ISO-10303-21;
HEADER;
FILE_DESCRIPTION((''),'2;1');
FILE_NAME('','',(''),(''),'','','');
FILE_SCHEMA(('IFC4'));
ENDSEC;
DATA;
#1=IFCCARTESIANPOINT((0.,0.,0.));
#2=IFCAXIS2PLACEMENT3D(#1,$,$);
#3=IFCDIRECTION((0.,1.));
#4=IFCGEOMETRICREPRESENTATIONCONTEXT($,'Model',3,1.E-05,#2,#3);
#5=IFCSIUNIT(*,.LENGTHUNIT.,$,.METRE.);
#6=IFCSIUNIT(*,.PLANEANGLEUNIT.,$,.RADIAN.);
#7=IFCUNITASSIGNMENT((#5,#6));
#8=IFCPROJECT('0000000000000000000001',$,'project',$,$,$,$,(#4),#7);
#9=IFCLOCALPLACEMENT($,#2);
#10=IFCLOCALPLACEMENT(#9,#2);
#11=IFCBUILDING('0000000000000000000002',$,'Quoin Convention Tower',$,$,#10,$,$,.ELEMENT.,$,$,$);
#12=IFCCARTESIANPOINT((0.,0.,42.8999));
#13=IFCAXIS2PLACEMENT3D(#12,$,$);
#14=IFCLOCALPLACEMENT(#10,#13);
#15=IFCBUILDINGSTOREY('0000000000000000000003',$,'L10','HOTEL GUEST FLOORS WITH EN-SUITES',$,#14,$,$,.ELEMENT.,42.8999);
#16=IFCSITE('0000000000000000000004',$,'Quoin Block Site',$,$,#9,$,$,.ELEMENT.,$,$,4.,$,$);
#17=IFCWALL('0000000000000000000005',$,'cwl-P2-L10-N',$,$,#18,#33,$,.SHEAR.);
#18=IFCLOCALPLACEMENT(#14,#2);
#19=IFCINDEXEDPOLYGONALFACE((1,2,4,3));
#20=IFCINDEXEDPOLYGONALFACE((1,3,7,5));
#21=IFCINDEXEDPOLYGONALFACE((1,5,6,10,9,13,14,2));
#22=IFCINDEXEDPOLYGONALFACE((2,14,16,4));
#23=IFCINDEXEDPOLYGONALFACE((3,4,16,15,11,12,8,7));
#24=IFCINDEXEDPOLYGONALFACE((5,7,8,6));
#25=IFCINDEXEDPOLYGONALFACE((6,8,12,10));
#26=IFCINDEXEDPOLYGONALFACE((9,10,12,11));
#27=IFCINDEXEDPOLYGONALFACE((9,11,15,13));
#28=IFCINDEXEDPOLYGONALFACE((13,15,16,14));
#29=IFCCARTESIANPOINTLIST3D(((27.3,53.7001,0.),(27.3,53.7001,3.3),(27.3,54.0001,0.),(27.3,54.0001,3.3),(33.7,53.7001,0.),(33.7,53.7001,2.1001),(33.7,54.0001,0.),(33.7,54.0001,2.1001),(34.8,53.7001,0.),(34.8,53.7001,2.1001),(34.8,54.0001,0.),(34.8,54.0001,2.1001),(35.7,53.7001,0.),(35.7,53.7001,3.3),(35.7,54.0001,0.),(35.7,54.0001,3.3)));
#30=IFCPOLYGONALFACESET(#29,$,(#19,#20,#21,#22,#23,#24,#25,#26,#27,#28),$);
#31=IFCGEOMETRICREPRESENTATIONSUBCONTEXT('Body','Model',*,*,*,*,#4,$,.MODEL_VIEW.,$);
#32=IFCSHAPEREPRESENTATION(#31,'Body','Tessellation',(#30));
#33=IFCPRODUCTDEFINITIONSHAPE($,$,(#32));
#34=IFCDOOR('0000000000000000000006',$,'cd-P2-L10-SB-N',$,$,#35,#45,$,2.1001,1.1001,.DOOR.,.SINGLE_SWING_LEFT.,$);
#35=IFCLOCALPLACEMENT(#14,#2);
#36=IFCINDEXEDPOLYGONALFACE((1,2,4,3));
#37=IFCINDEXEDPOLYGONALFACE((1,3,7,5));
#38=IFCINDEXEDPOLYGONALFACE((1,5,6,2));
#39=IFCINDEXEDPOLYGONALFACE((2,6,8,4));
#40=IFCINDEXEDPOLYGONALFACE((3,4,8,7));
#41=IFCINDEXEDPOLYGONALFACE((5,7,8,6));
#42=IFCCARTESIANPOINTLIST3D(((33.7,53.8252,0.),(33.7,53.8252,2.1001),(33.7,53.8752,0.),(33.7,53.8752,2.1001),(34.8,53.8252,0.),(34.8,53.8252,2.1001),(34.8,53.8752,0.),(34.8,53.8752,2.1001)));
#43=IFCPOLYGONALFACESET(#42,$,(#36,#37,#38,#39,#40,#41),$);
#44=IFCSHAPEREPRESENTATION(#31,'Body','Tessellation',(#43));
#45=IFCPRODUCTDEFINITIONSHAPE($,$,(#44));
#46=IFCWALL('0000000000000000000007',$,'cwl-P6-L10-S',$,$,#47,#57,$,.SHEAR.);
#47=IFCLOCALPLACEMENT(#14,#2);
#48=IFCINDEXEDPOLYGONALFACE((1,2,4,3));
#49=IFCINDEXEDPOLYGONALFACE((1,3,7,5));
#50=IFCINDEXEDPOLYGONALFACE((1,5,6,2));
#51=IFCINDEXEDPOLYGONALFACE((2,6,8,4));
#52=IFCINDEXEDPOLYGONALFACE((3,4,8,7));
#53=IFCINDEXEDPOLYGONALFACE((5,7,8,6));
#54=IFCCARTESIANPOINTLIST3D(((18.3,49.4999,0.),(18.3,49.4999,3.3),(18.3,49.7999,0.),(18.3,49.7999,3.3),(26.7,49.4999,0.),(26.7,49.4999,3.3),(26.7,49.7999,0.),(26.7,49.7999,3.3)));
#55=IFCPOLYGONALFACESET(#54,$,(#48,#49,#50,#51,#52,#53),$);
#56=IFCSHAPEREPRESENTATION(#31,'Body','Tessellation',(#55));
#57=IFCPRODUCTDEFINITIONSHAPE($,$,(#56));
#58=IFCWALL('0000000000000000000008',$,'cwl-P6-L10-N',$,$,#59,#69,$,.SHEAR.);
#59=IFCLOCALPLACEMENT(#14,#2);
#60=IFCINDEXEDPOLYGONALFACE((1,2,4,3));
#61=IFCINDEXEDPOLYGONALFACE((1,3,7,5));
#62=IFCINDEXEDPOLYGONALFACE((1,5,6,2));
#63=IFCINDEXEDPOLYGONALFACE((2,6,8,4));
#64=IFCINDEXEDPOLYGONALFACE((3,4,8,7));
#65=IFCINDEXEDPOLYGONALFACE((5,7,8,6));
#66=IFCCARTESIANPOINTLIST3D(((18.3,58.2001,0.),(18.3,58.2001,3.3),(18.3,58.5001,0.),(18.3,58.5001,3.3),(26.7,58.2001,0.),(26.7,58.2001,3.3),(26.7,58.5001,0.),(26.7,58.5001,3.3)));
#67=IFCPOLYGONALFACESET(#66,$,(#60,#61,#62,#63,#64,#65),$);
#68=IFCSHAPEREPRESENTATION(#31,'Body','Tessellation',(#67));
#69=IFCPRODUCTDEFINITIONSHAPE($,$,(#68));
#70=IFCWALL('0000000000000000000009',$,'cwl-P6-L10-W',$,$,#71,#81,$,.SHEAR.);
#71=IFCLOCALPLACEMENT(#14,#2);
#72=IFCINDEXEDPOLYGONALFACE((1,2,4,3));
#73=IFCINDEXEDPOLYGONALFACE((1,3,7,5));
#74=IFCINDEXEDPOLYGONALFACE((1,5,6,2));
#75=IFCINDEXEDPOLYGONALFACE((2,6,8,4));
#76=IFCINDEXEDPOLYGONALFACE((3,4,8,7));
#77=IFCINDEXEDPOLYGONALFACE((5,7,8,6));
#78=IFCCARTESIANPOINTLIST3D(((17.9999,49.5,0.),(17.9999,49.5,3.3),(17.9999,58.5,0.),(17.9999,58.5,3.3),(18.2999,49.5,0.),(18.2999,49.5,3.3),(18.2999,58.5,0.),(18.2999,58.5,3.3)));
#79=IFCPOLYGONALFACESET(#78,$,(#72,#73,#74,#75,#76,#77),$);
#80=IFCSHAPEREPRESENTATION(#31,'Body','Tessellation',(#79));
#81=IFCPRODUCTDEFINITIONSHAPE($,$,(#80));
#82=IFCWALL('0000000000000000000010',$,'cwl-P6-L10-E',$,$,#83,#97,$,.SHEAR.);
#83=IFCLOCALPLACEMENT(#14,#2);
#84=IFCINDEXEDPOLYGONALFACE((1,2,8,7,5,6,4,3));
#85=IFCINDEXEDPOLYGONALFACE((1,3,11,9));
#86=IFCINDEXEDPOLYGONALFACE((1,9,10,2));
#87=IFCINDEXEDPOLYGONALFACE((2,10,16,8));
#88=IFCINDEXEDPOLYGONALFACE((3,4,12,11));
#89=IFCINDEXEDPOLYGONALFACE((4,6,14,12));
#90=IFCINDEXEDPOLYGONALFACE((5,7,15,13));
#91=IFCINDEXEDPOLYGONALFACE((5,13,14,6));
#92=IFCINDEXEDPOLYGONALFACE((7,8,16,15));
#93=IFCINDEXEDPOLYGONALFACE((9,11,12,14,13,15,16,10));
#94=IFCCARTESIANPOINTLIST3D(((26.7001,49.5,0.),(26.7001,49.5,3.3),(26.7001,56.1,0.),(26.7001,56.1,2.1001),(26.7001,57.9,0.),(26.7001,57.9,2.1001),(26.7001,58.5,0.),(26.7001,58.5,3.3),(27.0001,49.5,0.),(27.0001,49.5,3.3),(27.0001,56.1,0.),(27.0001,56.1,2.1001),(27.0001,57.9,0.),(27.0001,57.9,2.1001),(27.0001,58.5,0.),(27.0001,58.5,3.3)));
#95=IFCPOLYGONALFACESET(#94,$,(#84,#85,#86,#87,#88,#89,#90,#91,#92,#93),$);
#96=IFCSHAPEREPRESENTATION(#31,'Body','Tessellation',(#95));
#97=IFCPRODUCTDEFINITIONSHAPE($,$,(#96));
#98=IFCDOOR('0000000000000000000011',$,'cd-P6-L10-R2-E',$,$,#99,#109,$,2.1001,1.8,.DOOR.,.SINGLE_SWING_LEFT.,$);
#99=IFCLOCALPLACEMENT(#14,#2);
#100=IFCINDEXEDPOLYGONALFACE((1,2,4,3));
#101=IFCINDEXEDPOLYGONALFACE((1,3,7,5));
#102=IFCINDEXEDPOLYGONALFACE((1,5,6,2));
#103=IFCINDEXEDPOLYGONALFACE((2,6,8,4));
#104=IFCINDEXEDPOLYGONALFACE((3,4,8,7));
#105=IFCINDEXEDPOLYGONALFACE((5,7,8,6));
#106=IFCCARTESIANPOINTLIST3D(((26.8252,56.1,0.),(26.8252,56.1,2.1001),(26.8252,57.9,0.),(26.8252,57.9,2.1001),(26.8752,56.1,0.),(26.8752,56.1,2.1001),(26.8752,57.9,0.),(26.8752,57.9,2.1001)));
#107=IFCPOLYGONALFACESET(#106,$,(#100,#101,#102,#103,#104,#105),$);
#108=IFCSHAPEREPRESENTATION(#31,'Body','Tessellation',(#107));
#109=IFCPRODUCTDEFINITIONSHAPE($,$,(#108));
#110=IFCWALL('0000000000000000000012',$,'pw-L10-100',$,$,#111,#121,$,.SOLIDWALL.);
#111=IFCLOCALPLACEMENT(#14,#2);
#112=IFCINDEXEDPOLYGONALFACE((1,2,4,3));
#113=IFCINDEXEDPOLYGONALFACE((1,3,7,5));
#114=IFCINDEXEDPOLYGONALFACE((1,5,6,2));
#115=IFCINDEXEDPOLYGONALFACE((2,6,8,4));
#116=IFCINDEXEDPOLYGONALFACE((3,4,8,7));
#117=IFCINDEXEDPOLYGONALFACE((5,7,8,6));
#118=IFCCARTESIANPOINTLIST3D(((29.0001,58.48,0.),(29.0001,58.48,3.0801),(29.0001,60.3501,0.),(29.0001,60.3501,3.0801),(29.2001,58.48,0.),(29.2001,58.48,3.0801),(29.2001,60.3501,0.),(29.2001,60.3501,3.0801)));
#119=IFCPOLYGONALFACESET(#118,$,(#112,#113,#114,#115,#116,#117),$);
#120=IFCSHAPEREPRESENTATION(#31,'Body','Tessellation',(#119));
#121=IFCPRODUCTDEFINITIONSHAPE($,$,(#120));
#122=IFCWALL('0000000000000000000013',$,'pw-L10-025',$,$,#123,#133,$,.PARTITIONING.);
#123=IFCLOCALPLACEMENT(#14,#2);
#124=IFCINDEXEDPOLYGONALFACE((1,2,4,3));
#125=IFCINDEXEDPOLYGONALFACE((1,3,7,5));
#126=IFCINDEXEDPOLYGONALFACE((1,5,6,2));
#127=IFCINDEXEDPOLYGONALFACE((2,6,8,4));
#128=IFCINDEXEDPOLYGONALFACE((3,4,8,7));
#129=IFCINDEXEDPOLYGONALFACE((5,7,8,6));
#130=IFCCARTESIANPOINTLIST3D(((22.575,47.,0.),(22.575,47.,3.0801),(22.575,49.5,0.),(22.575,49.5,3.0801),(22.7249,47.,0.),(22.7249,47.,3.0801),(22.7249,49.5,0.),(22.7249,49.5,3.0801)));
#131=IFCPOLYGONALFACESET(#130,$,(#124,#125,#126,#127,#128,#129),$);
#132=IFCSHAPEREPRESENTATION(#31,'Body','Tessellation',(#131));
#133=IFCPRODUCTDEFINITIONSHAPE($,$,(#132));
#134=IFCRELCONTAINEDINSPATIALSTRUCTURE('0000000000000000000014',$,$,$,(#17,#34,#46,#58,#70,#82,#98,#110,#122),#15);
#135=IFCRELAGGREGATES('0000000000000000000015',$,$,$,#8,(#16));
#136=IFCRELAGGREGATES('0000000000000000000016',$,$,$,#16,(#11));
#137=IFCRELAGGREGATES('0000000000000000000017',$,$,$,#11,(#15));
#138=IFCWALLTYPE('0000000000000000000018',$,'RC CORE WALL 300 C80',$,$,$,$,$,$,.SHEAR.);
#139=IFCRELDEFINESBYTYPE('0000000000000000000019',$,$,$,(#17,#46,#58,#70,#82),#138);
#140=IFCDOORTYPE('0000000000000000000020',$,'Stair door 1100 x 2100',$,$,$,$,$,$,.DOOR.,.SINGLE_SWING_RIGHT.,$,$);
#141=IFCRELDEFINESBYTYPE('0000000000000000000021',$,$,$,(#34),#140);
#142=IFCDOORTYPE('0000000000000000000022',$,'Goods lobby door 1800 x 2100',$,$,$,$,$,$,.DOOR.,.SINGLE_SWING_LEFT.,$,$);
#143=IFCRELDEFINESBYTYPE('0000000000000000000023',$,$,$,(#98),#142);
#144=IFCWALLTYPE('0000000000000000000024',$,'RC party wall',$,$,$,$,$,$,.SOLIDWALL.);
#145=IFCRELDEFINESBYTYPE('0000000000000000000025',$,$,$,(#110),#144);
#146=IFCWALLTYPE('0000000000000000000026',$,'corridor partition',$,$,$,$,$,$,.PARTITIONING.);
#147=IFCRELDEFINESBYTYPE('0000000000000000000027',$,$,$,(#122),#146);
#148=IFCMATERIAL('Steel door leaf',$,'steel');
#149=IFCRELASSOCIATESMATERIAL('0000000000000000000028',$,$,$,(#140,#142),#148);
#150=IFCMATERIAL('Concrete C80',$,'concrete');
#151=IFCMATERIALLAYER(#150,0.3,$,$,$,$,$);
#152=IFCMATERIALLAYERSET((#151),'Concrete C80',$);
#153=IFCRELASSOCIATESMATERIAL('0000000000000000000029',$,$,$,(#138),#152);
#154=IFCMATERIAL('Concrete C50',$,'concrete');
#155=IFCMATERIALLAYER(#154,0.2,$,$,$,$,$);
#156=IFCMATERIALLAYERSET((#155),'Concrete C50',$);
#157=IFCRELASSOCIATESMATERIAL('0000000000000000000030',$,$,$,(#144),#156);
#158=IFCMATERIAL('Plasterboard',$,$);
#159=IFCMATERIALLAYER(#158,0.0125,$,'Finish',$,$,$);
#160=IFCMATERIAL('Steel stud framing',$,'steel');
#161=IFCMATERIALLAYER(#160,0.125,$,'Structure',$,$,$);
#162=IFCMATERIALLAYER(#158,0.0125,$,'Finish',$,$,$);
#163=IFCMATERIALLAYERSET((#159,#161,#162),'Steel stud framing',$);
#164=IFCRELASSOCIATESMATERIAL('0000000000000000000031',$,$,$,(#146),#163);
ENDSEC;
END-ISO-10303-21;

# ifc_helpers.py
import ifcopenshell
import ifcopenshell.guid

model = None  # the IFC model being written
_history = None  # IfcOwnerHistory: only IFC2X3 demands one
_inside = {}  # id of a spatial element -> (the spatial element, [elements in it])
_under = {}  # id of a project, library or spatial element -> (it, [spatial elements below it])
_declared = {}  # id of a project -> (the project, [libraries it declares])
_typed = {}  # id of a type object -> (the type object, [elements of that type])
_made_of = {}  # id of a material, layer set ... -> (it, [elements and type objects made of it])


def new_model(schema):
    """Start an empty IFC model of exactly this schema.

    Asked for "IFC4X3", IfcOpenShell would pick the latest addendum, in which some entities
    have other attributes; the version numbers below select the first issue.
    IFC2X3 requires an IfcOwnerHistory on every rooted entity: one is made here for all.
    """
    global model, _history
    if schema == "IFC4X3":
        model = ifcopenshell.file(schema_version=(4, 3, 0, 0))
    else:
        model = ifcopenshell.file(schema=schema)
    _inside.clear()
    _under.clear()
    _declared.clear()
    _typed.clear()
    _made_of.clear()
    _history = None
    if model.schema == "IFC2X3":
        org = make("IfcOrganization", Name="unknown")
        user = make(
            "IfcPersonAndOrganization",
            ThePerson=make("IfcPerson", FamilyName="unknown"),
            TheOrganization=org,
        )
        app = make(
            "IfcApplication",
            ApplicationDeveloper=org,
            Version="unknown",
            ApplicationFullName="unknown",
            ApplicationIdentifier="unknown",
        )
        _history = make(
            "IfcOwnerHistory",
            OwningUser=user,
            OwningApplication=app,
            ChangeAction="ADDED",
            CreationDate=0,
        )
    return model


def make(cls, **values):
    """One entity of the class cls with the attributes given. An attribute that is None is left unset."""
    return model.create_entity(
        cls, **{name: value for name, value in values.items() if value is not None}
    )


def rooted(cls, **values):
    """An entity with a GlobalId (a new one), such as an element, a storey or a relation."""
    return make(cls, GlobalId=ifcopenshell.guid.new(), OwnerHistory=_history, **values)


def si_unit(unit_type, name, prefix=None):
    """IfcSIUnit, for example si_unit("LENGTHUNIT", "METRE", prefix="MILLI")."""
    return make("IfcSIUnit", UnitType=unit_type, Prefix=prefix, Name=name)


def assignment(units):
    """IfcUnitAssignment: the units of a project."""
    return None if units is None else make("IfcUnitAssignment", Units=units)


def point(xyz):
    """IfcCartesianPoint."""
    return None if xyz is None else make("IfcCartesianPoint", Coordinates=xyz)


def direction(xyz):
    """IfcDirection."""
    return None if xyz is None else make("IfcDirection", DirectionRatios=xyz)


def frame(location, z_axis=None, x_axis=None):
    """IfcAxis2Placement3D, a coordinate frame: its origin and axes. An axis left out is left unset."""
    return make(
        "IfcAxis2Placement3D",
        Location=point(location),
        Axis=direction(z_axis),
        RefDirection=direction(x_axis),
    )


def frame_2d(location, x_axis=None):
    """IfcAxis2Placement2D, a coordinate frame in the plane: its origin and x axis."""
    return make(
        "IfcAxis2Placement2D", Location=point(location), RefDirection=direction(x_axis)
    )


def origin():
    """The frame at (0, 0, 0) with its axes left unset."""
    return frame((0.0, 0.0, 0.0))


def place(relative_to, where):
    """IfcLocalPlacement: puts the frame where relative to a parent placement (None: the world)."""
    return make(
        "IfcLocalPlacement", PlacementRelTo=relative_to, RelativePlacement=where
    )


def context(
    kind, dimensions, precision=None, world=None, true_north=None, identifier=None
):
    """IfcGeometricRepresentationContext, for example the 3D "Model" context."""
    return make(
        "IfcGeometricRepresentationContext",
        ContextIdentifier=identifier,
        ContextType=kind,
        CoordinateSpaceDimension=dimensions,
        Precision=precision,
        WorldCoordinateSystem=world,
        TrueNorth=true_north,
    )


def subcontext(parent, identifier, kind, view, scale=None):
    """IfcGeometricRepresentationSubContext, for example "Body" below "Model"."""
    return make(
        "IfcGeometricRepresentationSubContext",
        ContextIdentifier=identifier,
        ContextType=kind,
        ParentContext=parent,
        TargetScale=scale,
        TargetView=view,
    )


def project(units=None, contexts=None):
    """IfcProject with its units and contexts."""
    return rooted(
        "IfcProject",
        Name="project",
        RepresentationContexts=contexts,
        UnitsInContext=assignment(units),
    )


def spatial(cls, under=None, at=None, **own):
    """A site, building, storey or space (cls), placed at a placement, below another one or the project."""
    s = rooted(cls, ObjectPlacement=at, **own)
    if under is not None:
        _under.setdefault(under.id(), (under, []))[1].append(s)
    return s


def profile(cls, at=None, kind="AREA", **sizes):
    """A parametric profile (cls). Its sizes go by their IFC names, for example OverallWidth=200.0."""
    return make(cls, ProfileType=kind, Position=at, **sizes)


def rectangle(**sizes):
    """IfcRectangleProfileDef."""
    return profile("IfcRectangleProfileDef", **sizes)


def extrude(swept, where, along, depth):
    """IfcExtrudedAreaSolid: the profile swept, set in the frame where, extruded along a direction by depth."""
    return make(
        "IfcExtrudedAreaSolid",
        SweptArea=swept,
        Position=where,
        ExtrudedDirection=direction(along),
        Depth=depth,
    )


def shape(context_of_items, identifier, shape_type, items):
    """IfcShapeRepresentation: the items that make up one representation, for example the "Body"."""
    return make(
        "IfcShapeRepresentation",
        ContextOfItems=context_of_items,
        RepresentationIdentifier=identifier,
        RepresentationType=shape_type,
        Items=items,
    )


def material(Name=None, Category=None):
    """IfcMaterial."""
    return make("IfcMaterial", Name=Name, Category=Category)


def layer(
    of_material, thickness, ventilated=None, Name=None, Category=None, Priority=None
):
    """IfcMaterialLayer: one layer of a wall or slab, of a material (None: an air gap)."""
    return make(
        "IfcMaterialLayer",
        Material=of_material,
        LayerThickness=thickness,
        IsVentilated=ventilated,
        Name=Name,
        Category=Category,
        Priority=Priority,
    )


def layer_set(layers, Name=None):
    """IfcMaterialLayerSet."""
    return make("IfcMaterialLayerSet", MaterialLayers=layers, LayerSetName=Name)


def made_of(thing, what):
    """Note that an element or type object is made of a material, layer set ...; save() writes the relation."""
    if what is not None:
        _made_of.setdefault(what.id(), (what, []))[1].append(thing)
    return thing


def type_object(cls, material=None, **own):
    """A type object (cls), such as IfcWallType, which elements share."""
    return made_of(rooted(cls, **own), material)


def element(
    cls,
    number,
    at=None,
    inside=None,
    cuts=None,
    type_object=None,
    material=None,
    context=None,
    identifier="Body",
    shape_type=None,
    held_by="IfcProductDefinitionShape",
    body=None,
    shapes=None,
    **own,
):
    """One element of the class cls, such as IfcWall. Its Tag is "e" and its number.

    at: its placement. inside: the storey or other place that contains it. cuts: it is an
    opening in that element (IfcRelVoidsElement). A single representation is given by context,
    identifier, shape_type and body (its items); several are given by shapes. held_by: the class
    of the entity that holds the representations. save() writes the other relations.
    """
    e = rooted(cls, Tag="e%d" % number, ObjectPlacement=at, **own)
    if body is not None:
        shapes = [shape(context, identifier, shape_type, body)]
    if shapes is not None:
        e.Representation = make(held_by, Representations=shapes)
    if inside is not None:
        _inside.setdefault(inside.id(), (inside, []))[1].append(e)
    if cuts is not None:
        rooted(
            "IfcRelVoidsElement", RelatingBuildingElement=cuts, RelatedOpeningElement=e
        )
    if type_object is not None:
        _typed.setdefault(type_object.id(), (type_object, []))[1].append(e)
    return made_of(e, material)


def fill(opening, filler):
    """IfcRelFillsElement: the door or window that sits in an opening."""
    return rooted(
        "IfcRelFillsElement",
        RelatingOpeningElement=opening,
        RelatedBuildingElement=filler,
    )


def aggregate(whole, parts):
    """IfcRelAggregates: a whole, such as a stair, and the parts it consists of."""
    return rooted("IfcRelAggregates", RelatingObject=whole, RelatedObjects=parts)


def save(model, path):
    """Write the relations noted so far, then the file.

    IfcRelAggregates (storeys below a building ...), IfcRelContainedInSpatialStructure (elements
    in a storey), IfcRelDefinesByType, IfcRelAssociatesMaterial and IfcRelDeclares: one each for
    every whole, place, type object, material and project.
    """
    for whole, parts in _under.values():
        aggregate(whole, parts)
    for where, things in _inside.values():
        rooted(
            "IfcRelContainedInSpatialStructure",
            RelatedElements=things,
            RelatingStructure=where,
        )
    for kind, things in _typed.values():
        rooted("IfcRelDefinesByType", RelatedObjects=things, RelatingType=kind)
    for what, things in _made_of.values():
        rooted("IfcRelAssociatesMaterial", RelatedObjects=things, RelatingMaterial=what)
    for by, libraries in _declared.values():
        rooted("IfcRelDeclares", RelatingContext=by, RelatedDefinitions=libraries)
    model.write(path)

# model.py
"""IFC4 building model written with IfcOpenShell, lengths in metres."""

from ifc_helpers import new_model, si_unit, direction, frame, frame_2d, origin, place, context, subcontext, project, spatial, rectangle, extrude, material, layer, layer_set, type_object, element, fill, save


model = new_model("IFC4")

# Units and contexts
model_context = context("Model", 3, precision=1e-05, world=origin(), true_north=direction((0.0, 1.0)))
body_context = subcontext(model_context, "Body", "Model", "MODEL_VIEW")
ifc_project = project(units=[si_unit("LENGTHUNIT", "METRE"), si_unit("PLANEANGLEUNIT", "RADIAN")], contexts=[model_context])

# Site, building, storey
site_placement = place(None, origin())
site = spatial("IfcSite", under=ifc_project, at=site_placement, Name="Quoin Block Site", CompositionType="ELEMENT", RefElevation=4.0)
building_placement = place(site_placement, origin())
building = spatial("IfcBuilding", under=site, at=building_placement, Name="Quoin Convention Tower", CompositionType="ELEMENT")
storey_placement = place(building_placement, frame((0.0, 0.0, 42.8999)))
storey = spatial("IfcBuildingStorey", under=building, at=storey_placement, Name="L10", Description="HOTEL GUEST FLOORS WITH EN-SUITES", CompositionType="ELEMENT", Elevation=42.8999)

# Shared definitions
ifc_material_1 = material(Name="Concrete C80", Category="concrete")

# Shared definitions
ifc_material_2 = material(Name="Concrete C50", Category="concrete")

# Shared definitions
ifc_material_3 = material(Name="Steel door leaf", Category="steel")
door_type_1 = type_object("IfcDoorType", Name="Stair door 1100 x 2100", OperationType="SINGLE_SWING_RIGHT", PredefinedType="DOOR", material=ifc_material_3)

# Wall, opening, door
ifc_layer_1 = layer(ifc_material_1, 0.3)
ifc_layer_set_1 = layer_set([ifc_layer_1], Name="Concrete C80")
wall_type_1 = type_object("IfcWallType", Name="RC CORE WALL 300 C80", PredefinedType="SHEAR", material=ifc_layer_set_1)
wall_1_placement = place(storey_placement, frame((27.3, 53.8501, 0.0), z_axis=(0.0, 0.0, 1.0), x_axis=(1.0, 0.0, 0.0)))
wall_1 = element("IfcWall", 1, at=wall_1_placement, inside=storey, type_object=wall_type_1, Name="cwl-P2-L10-N", PredefinedType="SHEAR", context=body_context, shape_type="SweptSolid", body=[
    extrude(rectangle(XDim=8.3999, YDim=0.3, at=frame_2d((4.2, 0.0))), origin(), (0.0, 0.0, 1.0), 3.3),
])
opening_1_placement = place(wall_1_placement, frame((6.3999, 0.0, 0.0)))
opening_1 = element("IfcOpeningElement", 2, at=opening_1_placement, cuts=wall_1, PredefinedType="OPENING", context=body_context, shape_type="SweptSolid", body=[
    extrude(rectangle(XDim=1.1001, YDim=2.1001, at=frame_2d((0.55, 1.05))), frame((0.0, 0.1599, 0.0), z_axis=(0.0, -1.0, 0.0), x_axis=(1.0, 0.0, 0.0)), (0.0, 0.0, 1.0), 0.3201),
])
door_1_placement = place(opening_1_placement, frame((1.1001, 0.0, 0.0), z_axis=(0.0, 0.0, 1.0), x_axis=(-1.0, 0.0, 0.0)))
door_1 = element("IfcDoor", 3, at=door_1_placement, inside=storey, type_object=door_type_1, Name="cd-P2-L10-SB-N", OperationType="SINGLE_SWING_LEFT", OverallHeight=2.1001, OverallWidth=1.1001, PredefinedType="DOOR", context=body_context, shape_type="SweptSolid", body=[
    extrude(rectangle(XDim=1.1001, YDim=2.1001, at=frame_2d((0.55, 1.05))), frame((0.0, 0.0249, 0.0), z_axis=(0.0, -1.0, 0.0), x_axis=(1.0, 0.0, 0.0)), (0.0, 0.0, 1.0), 0.05),
])
fill(opening_1, door_1)

# Walls
for number, where, z_axis, x_axis, name in (
    (4, (18.3, 49.6499, 0.0), (0.0, 0.0, 1.0), (1.0, 0.0, 0.0), "cwl-P6-L10-S"),
    (5, (18.3, 58.3501, 0.0), (0.0, 0.0, 1.0), (1.0, 0.0, 0.0), "cwl-P6-L10-N"),
):
    element("IfcWall", number, at=place(storey_placement, frame(where, z_axis=z_axis, x_axis=x_axis)), inside=storey, type_object=wall_type_1, Name=name, PredefinedType="SHEAR", context=body_context, shape_type="SweptSolid", body=[
        extrude(rectangle(XDim=8.3999, YDim=0.3, at=frame_2d((4.2, 0.0))), origin(), (0.0, 0.0, 1.0), 3.3),
    ])
wall_2_placement = place(storey_placement, frame((18.1499, 49.5, 0.0), z_axis=(0.0, 0.0, 1.0), x_axis=(0.0, 1.0, 0.0)))
element("IfcWall", 6, at=wall_2_placement, inside=storey, type_object=wall_type_1, Name="cwl-P6-L10-W", PredefinedType="SHEAR", context=body_context, shape_type="SweptSolid", body=[
    extrude(rectangle(XDim=9.0, YDim=0.3, at=frame_2d((4.5, 0.0))), origin(), (0.0, 0.0, 1.0), 3.3),
])

# Wall, opening, door
wall_3_placement = place(storey_placement, frame((26.8501, 49.5, 0.0), z_axis=(0.0, 0.0, 1.0), x_axis=(0.0, 1.0, 0.0)))
wall_3 = element("IfcWall", 7, at=wall_3_placement, inside=storey, type_object=wall_type_1, Name="cwl-P6-L10-E", PredefinedType="SHEAR", context=body_context, shape_type="SweptSolid", body=[
    extrude(rectangle(XDim=9.0, YDim=0.3, at=frame_2d((4.5, 0.0))), origin(), (0.0, 0.0, 1.0), 3.3),
])
opening_2_placement = place(wall_3_placement, frame((6.6001, 0.0, 0.0)))
opening_2 = element("IfcOpeningElement", 8, at=opening_2_placement, cuts=wall_3, PredefinedType="OPENING", context=body_context, shape_type="SweptSolid", body=[
    extrude(rectangle(XDim=1.8, YDim=2.1001, at=frame_2d((0.8999, 1.05))), frame((0.0, 0.1599, 0.0), z_axis=(0.0, -1.0, 0.0), x_axis=(1.0, 0.0, 0.0)), (0.0, 0.0, 1.0), 0.3201),
])
door_type_2 = type_object("IfcDoorType", Name="Goods lobby door 1800 x 2100", OperationType="SINGLE_SWING_LEFT", PredefinedType="DOOR", material=ifc_material_3)
door_2_placement = place(opening_2_placement, origin())
door_2 = element("IfcDoor", 9, at=door_2_placement, inside=storey, type_object=door_type_2, Name="cd-P6-L10-R2-E", OperationType="SINGLE_SWING_LEFT", OverallHeight=2.1001, OverallWidth=1.8, PredefinedType="DOOR", context=body_context, shape_type="SweptSolid", body=[
    extrude(rectangle(XDim=1.8, YDim=2.1001, at=frame_2d((0.8999, 1.05))), frame((0.0, 0.0249, 0.0), z_axis=(0.0, -1.0, 0.0), x_axis=(1.0, 0.0, 0.0)), (0.0, 0.0, 1.0), 0.05),
])
fill(opening_2, door_2)

# Walls
ifc_layer_2 = layer(ifc_material_2, 0.2)
ifc_layer_set_2 = layer_set([ifc_layer_2], Name="Concrete C50")
wall_type_2 = type_object("IfcWallType", Name="RC party wall", PredefinedType="SOLIDWALL", material=ifc_layer_set_2)
wall_4_placement = place(storey_placement, frame((29.1001, 58.48, 0.0), z_axis=(0.0, 0.0, 1.0), x_axis=(0.0, 1.0, 0.0)))
element("IfcWall", 10, at=wall_4_placement, inside=storey, type_object=wall_type_2, Name="pw-L10-100", PredefinedType="SOLIDWALL", context=body_context, shape_type="SweptSolid", body=[
    extrude(rectangle(XDim=1.8701, YDim=0.2, at=frame_2d((0.9351, 0.0))), origin(), (0.0, 0.0, 1.0), 3.0801),
])
ifc_material_4 = material(Name="Plasterboard")
ifc_layer_3 = layer(ifc_material_4, 0.0125, Name="Finish")
ifc_material_5 = material(Name="Steel stud framing", Category="steel")
ifc_layer_4 = layer(ifc_material_5, 0.125, Name="Structure")
ifc_layer_5 = layer(ifc_material_4, 0.0125, Name="Finish")
ifc_layer_set_3 = layer_set([ifc_layer_3, ifc_layer_4, ifc_layer_5], Name="Steel stud framing")
wall_type_3 = type_object("IfcWallType", Name="corridor partition", PredefinedType="PARTITIONING", material=ifc_layer_set_3)
wall_5_placement = place(storey_placement, frame((22.6499, 47.0, 0.0), z_axis=(0.0, 0.0, 1.0), x_axis=(0.0, 1.0, 0.0)))
element("IfcWall", 11, at=wall_5_placement, inside=storey, type_object=wall_type_3, Name="pw-L10-025", PredefinedType="PARTITIONING", context=body_context, shape_type="SweptSolid", body=[
    extrude(rectangle(XDim=2.5, YDim=0.1499, at=frame_2d((1.25, 0.0))), origin(), (0.0, 0.0, 1.0), 3.0801),
])

save(model, "model.ifc")
